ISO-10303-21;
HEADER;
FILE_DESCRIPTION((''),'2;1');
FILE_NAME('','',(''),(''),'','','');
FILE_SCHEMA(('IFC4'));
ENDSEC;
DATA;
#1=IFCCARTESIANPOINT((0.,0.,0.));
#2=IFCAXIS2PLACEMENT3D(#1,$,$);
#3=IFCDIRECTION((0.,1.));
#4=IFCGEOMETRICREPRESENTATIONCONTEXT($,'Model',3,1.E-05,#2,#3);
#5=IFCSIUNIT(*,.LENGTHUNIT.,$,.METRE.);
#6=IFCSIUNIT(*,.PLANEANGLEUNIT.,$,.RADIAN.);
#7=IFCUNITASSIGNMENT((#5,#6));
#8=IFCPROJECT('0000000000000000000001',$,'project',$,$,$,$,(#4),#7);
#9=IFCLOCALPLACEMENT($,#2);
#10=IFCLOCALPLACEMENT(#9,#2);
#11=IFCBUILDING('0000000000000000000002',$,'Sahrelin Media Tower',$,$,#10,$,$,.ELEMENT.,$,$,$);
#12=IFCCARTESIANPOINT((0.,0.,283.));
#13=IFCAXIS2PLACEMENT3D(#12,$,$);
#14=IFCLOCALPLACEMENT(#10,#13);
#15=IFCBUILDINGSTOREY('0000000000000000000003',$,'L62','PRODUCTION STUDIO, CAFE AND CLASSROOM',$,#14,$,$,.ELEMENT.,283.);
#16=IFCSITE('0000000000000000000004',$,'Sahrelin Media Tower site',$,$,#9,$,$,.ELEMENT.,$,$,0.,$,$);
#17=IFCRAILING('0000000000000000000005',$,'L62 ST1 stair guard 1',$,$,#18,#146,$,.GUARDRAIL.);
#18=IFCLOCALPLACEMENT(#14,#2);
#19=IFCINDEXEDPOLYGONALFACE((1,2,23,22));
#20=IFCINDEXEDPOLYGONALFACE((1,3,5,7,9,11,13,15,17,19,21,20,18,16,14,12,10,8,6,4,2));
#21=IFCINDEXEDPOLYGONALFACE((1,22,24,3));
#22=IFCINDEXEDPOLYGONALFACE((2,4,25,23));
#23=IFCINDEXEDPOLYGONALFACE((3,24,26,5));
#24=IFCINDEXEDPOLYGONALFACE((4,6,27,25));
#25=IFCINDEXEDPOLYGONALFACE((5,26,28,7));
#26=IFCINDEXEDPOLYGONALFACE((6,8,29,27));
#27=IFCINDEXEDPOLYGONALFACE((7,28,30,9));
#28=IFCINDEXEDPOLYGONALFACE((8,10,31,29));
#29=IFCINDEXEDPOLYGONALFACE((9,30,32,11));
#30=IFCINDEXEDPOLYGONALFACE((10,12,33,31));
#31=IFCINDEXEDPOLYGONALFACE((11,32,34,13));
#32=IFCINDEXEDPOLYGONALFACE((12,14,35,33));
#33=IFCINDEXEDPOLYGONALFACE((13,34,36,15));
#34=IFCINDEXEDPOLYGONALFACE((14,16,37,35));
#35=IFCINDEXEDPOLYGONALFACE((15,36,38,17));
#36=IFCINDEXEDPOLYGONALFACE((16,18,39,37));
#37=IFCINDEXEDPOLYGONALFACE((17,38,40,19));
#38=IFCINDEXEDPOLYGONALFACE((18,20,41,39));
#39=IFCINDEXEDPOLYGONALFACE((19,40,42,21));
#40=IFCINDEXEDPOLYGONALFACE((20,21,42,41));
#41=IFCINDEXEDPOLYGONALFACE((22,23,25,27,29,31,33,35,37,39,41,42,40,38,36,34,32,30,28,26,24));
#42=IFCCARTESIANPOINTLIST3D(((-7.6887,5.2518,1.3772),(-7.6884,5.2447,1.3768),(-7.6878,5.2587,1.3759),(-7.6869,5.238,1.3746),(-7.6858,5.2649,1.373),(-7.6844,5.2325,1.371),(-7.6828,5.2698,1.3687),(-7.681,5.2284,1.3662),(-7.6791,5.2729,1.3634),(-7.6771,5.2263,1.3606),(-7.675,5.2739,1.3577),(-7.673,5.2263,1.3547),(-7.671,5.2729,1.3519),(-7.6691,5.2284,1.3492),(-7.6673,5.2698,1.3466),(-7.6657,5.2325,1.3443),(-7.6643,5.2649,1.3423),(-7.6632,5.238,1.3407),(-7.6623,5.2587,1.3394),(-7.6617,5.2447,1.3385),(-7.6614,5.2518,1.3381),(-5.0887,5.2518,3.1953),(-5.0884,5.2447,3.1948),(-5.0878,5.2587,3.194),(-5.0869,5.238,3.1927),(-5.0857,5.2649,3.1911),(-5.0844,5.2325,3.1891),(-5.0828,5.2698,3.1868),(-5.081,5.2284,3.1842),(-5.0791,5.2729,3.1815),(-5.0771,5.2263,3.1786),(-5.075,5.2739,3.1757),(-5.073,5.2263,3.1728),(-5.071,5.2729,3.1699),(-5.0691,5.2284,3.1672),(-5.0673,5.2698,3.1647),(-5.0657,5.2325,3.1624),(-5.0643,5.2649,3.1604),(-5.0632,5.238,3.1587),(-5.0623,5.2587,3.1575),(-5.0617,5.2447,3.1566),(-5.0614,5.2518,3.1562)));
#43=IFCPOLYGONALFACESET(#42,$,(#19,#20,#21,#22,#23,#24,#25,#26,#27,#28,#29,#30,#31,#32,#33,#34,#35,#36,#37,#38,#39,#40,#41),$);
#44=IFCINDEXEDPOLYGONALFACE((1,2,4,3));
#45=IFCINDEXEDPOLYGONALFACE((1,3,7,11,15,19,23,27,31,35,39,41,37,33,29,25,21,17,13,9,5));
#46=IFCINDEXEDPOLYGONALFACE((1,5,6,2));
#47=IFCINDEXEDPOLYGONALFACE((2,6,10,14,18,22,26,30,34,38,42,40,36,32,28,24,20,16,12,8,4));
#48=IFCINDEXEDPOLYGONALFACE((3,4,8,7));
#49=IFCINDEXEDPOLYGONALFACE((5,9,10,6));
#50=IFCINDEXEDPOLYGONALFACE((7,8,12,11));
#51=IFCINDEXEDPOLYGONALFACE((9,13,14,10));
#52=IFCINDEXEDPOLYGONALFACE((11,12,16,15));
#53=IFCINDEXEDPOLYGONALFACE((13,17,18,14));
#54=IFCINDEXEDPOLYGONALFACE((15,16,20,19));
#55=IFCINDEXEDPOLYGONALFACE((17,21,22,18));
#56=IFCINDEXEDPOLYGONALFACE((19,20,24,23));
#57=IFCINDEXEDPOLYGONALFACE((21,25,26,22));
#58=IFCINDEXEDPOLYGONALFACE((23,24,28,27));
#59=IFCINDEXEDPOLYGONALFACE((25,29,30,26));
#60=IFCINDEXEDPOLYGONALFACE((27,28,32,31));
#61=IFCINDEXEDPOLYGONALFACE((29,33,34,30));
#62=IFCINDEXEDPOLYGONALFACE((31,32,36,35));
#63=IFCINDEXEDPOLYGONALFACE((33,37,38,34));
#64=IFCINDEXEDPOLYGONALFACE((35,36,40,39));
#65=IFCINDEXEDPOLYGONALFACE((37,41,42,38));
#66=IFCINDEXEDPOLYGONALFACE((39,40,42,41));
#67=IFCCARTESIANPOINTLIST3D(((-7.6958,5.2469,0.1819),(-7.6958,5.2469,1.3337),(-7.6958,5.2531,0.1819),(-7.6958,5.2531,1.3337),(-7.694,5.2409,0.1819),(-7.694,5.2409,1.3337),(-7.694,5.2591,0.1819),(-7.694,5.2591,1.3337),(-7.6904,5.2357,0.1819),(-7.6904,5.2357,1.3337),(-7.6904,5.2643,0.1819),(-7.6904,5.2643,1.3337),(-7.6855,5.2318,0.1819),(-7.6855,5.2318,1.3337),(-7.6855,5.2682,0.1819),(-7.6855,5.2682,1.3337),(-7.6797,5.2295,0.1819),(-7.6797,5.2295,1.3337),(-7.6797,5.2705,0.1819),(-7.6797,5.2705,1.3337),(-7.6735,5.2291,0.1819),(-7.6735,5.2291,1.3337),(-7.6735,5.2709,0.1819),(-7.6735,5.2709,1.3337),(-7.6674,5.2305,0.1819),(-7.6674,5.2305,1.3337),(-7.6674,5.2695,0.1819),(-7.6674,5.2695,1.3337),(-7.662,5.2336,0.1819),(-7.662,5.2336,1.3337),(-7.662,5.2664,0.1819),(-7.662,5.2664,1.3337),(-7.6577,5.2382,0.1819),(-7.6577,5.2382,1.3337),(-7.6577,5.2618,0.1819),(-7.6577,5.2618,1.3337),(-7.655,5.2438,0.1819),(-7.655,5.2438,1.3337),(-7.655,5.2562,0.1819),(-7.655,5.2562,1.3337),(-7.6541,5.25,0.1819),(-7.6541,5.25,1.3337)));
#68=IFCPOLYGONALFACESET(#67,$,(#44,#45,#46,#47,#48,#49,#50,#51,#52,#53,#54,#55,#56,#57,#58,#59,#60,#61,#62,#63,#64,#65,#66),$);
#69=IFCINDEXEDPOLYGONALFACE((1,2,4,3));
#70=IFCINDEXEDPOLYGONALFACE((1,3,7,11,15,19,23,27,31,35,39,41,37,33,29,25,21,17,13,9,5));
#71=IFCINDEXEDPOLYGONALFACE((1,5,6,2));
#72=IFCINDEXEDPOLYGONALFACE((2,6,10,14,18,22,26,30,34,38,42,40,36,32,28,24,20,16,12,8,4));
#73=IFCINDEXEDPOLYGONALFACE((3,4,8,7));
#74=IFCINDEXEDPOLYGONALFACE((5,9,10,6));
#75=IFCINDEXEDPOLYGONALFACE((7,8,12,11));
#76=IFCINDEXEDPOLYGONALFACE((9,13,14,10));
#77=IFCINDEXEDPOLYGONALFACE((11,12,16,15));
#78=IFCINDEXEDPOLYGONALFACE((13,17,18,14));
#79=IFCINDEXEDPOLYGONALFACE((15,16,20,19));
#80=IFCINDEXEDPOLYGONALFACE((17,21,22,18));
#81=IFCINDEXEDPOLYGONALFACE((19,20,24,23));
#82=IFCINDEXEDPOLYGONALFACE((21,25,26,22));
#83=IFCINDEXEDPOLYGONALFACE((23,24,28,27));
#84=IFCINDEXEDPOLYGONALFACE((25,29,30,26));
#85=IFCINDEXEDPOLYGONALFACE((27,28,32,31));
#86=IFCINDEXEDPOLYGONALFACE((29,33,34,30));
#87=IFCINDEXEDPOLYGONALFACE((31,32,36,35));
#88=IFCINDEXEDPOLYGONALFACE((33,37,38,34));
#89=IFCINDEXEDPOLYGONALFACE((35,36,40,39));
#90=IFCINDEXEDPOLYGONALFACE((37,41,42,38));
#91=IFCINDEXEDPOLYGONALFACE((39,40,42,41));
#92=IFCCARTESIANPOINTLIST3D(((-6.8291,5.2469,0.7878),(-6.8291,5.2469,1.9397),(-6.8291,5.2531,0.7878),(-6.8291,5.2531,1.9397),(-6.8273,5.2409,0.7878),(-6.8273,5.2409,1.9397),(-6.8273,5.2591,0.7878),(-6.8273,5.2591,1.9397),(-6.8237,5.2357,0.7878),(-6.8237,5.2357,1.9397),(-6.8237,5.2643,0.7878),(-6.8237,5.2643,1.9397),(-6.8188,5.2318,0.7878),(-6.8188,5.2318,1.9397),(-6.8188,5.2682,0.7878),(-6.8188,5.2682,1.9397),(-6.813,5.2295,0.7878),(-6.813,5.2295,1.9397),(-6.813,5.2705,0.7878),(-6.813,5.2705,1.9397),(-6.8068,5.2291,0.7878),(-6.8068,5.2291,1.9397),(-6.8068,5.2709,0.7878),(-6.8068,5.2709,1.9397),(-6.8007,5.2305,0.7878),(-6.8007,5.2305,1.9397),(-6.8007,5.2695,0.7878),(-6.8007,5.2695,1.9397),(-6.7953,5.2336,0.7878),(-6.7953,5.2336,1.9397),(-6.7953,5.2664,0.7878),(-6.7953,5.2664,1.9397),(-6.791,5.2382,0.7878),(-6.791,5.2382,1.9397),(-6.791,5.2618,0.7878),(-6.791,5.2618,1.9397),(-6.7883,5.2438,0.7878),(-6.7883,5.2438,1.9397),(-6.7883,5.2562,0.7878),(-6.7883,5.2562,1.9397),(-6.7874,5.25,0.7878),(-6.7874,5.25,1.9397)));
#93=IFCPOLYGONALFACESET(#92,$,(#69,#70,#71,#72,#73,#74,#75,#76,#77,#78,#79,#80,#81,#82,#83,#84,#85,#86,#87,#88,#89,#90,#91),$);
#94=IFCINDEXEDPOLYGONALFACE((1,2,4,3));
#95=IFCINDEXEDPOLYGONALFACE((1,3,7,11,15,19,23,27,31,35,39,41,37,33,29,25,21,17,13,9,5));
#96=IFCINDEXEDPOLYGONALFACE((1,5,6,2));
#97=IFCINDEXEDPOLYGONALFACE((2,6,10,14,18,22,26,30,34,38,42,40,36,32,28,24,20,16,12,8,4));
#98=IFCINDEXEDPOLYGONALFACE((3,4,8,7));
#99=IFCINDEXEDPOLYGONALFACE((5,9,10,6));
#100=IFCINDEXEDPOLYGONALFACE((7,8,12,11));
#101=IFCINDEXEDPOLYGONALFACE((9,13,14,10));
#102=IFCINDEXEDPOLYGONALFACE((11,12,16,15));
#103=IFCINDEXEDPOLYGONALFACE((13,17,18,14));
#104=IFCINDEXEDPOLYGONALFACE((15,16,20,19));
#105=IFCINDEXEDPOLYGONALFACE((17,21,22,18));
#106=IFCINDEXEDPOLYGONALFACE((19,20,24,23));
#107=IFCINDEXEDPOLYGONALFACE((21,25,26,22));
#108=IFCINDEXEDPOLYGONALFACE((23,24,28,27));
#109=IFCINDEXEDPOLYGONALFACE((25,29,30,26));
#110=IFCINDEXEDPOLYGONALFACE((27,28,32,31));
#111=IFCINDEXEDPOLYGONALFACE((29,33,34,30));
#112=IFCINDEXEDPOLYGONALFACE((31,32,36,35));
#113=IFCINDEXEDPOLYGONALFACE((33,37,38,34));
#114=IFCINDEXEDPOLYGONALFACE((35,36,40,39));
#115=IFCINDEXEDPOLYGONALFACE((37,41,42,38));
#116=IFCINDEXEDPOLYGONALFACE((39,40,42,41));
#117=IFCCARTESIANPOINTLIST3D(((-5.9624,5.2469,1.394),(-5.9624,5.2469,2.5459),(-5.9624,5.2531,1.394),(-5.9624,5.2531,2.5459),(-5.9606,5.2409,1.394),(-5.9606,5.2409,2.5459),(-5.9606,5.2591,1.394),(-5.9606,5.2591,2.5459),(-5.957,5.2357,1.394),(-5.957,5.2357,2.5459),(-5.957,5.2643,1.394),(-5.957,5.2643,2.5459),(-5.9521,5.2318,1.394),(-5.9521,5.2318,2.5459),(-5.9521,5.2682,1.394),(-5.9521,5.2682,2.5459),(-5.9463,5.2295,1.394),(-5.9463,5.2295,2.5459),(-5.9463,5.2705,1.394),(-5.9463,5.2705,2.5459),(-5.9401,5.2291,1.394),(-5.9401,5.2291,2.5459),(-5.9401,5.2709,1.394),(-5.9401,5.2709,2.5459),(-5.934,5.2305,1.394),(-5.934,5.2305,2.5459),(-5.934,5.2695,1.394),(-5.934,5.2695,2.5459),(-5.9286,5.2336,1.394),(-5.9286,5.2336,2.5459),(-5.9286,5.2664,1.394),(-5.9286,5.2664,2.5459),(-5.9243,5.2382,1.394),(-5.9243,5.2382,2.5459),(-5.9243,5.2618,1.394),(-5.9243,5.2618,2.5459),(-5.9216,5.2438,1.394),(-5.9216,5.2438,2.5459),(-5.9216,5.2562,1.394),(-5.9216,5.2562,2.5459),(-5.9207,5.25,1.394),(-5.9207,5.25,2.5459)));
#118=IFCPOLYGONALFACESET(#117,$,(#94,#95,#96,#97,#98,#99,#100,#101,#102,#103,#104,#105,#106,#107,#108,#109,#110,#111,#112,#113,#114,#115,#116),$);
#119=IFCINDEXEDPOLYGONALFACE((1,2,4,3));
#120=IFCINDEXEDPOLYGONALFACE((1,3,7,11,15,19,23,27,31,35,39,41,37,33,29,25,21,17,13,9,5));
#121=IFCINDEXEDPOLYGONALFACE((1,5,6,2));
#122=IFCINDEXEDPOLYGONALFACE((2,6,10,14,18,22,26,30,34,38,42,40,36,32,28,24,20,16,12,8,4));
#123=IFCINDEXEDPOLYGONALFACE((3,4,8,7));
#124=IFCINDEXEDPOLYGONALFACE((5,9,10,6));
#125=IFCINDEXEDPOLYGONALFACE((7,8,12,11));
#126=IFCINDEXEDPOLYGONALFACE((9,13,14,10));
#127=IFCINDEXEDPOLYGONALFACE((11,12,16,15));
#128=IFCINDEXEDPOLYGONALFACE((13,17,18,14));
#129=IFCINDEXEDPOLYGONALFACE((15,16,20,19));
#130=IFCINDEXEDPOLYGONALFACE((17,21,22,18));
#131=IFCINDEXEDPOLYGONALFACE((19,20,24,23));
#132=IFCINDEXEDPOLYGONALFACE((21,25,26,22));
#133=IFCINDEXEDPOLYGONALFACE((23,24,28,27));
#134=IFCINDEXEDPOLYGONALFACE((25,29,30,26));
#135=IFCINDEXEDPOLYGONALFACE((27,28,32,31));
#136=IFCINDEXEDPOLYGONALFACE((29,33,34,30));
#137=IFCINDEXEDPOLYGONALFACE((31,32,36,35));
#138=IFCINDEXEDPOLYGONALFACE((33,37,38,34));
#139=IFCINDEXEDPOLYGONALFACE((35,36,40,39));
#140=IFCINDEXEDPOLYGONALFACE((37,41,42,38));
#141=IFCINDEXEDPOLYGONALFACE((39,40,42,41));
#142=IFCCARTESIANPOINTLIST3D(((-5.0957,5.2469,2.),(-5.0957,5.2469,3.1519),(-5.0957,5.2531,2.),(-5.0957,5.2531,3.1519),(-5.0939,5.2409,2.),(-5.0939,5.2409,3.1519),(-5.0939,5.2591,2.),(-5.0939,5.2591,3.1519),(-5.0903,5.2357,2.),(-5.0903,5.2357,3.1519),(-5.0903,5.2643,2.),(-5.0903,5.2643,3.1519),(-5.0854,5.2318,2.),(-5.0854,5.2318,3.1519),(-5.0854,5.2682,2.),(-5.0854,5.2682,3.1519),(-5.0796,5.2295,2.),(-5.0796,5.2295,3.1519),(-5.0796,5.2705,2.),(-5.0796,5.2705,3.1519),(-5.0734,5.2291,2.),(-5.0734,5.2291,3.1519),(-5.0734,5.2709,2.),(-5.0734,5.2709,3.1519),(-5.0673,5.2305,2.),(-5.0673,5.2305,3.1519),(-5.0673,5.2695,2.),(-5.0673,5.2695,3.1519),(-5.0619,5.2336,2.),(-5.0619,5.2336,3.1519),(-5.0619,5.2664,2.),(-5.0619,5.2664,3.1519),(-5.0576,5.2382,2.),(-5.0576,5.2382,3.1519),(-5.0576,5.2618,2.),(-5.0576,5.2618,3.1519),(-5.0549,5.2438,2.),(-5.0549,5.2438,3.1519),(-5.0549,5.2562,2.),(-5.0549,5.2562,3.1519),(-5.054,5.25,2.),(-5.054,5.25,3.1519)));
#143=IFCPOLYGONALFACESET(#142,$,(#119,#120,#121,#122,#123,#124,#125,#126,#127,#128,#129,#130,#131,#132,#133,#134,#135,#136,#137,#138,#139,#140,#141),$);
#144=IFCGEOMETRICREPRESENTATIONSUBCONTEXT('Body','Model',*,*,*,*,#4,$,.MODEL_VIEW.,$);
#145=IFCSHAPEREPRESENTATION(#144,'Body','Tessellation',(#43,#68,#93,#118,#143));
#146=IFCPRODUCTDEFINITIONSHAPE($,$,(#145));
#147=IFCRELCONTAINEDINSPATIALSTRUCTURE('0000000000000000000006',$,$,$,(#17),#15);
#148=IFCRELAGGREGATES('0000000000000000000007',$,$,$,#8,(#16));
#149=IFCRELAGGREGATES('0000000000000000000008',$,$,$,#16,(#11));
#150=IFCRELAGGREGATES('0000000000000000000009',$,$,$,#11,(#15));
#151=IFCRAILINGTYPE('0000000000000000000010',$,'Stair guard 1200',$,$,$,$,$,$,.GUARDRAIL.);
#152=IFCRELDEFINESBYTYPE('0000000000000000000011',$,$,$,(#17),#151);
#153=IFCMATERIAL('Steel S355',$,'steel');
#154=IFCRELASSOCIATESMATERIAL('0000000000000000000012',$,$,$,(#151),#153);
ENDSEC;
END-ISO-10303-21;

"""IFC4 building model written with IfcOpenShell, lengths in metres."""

from ifc_helpers import new_model, si_unit, direction, frame, origin, origin_2d, place, context, subcontext, project, spatial, circle, extrude, material, type_object, element, save


model = new_model("IFC4")

# Units and contexts
model_context = context("Model", 3, precision=1e-05, world=origin(), true_north=direction((0.0, 1.0)))
body_context = subcontext(model_context, "Body", "Model", "MODEL_VIEW")
ifc_project = project(units=[si_unit("LENGTHUNIT", "METRE"), si_unit("PLANEANGLEUNIT", "RADIAN")], contexts=[model_context])

# Site, building, storey
site_placement = place(None, origin())
site = spatial("IfcSite", under=ifc_project, at=site_placement, Name="Sahrelin Media Tower site", CompositionType="ELEMENT", RefElevation=0.0)
building_placement = place(site_placement, origin())
building = spatial("IfcBuilding", under=site, at=building_placement, Name="Sahrelin Media Tower", CompositionType="ELEMENT")
storey_placement = place(building_placement, frame((0.0, 0.0, 283.0)))
storey = spatial("IfcBuildingStorey", under=building, at=storey_placement, Name="L62", Description="PRODUCTION STUDIO, CAFE AND CLASSROOM", CompositionType="ELEMENT", Elevation=283.0)

# Shared definitions
ifc_material_1 = material(Name="Steel S355", Category="steel")

# Railing
railing_type_1 = type_object("IfcRailingType", Name="Stair guard 1200", PredefinedType="GUARDRAIL", material=ifc_material_1)
railing_1_placement = place(storey_placement, frame((-7.675, 5.25, 0.1819)))
element("IfcRailing", 1, at=railing_1_placement, inside=storey, type_object=railing_type_1, Name="L62 ST1 stair guard 1", PredefinedType="GUARDRAIL", context=body_context, shape_type="SweptSolid", body=[
    extrude(circle(Radius=0.0239, at=origin_2d()), frame((0.0, 0.0, 1.1758), z_axis=(0.819521, 0.0, 0.573049), x_axis=(0.0, 1.0, 0.0)), (0.0, 0.0, 1.0), 3.1726),
    extrude(circle(Radius=0.021, at=origin_2d()), origin(), (0.0, 0.0, 1.0), 1.1519),
    extrude(circle(Radius=0.021, at=origin_2d()), frame((0.8667, 0.0, 0.606)), (0.0, 0.0, 1.0), 1.1519),
    extrude(circle(Radius=0.021, at=origin_2d()), frame((1.7334, 0.0, 1.2122)), (0.0, 0.0, 1.0), 1.1519),
    extrude(circle(Radius=0.021, at=origin_2d()), frame((2.6001, 0.0, 1.8181)), (0.0, 0.0, 1.0), 1.1519),
])

save(model, "model.ifc")
